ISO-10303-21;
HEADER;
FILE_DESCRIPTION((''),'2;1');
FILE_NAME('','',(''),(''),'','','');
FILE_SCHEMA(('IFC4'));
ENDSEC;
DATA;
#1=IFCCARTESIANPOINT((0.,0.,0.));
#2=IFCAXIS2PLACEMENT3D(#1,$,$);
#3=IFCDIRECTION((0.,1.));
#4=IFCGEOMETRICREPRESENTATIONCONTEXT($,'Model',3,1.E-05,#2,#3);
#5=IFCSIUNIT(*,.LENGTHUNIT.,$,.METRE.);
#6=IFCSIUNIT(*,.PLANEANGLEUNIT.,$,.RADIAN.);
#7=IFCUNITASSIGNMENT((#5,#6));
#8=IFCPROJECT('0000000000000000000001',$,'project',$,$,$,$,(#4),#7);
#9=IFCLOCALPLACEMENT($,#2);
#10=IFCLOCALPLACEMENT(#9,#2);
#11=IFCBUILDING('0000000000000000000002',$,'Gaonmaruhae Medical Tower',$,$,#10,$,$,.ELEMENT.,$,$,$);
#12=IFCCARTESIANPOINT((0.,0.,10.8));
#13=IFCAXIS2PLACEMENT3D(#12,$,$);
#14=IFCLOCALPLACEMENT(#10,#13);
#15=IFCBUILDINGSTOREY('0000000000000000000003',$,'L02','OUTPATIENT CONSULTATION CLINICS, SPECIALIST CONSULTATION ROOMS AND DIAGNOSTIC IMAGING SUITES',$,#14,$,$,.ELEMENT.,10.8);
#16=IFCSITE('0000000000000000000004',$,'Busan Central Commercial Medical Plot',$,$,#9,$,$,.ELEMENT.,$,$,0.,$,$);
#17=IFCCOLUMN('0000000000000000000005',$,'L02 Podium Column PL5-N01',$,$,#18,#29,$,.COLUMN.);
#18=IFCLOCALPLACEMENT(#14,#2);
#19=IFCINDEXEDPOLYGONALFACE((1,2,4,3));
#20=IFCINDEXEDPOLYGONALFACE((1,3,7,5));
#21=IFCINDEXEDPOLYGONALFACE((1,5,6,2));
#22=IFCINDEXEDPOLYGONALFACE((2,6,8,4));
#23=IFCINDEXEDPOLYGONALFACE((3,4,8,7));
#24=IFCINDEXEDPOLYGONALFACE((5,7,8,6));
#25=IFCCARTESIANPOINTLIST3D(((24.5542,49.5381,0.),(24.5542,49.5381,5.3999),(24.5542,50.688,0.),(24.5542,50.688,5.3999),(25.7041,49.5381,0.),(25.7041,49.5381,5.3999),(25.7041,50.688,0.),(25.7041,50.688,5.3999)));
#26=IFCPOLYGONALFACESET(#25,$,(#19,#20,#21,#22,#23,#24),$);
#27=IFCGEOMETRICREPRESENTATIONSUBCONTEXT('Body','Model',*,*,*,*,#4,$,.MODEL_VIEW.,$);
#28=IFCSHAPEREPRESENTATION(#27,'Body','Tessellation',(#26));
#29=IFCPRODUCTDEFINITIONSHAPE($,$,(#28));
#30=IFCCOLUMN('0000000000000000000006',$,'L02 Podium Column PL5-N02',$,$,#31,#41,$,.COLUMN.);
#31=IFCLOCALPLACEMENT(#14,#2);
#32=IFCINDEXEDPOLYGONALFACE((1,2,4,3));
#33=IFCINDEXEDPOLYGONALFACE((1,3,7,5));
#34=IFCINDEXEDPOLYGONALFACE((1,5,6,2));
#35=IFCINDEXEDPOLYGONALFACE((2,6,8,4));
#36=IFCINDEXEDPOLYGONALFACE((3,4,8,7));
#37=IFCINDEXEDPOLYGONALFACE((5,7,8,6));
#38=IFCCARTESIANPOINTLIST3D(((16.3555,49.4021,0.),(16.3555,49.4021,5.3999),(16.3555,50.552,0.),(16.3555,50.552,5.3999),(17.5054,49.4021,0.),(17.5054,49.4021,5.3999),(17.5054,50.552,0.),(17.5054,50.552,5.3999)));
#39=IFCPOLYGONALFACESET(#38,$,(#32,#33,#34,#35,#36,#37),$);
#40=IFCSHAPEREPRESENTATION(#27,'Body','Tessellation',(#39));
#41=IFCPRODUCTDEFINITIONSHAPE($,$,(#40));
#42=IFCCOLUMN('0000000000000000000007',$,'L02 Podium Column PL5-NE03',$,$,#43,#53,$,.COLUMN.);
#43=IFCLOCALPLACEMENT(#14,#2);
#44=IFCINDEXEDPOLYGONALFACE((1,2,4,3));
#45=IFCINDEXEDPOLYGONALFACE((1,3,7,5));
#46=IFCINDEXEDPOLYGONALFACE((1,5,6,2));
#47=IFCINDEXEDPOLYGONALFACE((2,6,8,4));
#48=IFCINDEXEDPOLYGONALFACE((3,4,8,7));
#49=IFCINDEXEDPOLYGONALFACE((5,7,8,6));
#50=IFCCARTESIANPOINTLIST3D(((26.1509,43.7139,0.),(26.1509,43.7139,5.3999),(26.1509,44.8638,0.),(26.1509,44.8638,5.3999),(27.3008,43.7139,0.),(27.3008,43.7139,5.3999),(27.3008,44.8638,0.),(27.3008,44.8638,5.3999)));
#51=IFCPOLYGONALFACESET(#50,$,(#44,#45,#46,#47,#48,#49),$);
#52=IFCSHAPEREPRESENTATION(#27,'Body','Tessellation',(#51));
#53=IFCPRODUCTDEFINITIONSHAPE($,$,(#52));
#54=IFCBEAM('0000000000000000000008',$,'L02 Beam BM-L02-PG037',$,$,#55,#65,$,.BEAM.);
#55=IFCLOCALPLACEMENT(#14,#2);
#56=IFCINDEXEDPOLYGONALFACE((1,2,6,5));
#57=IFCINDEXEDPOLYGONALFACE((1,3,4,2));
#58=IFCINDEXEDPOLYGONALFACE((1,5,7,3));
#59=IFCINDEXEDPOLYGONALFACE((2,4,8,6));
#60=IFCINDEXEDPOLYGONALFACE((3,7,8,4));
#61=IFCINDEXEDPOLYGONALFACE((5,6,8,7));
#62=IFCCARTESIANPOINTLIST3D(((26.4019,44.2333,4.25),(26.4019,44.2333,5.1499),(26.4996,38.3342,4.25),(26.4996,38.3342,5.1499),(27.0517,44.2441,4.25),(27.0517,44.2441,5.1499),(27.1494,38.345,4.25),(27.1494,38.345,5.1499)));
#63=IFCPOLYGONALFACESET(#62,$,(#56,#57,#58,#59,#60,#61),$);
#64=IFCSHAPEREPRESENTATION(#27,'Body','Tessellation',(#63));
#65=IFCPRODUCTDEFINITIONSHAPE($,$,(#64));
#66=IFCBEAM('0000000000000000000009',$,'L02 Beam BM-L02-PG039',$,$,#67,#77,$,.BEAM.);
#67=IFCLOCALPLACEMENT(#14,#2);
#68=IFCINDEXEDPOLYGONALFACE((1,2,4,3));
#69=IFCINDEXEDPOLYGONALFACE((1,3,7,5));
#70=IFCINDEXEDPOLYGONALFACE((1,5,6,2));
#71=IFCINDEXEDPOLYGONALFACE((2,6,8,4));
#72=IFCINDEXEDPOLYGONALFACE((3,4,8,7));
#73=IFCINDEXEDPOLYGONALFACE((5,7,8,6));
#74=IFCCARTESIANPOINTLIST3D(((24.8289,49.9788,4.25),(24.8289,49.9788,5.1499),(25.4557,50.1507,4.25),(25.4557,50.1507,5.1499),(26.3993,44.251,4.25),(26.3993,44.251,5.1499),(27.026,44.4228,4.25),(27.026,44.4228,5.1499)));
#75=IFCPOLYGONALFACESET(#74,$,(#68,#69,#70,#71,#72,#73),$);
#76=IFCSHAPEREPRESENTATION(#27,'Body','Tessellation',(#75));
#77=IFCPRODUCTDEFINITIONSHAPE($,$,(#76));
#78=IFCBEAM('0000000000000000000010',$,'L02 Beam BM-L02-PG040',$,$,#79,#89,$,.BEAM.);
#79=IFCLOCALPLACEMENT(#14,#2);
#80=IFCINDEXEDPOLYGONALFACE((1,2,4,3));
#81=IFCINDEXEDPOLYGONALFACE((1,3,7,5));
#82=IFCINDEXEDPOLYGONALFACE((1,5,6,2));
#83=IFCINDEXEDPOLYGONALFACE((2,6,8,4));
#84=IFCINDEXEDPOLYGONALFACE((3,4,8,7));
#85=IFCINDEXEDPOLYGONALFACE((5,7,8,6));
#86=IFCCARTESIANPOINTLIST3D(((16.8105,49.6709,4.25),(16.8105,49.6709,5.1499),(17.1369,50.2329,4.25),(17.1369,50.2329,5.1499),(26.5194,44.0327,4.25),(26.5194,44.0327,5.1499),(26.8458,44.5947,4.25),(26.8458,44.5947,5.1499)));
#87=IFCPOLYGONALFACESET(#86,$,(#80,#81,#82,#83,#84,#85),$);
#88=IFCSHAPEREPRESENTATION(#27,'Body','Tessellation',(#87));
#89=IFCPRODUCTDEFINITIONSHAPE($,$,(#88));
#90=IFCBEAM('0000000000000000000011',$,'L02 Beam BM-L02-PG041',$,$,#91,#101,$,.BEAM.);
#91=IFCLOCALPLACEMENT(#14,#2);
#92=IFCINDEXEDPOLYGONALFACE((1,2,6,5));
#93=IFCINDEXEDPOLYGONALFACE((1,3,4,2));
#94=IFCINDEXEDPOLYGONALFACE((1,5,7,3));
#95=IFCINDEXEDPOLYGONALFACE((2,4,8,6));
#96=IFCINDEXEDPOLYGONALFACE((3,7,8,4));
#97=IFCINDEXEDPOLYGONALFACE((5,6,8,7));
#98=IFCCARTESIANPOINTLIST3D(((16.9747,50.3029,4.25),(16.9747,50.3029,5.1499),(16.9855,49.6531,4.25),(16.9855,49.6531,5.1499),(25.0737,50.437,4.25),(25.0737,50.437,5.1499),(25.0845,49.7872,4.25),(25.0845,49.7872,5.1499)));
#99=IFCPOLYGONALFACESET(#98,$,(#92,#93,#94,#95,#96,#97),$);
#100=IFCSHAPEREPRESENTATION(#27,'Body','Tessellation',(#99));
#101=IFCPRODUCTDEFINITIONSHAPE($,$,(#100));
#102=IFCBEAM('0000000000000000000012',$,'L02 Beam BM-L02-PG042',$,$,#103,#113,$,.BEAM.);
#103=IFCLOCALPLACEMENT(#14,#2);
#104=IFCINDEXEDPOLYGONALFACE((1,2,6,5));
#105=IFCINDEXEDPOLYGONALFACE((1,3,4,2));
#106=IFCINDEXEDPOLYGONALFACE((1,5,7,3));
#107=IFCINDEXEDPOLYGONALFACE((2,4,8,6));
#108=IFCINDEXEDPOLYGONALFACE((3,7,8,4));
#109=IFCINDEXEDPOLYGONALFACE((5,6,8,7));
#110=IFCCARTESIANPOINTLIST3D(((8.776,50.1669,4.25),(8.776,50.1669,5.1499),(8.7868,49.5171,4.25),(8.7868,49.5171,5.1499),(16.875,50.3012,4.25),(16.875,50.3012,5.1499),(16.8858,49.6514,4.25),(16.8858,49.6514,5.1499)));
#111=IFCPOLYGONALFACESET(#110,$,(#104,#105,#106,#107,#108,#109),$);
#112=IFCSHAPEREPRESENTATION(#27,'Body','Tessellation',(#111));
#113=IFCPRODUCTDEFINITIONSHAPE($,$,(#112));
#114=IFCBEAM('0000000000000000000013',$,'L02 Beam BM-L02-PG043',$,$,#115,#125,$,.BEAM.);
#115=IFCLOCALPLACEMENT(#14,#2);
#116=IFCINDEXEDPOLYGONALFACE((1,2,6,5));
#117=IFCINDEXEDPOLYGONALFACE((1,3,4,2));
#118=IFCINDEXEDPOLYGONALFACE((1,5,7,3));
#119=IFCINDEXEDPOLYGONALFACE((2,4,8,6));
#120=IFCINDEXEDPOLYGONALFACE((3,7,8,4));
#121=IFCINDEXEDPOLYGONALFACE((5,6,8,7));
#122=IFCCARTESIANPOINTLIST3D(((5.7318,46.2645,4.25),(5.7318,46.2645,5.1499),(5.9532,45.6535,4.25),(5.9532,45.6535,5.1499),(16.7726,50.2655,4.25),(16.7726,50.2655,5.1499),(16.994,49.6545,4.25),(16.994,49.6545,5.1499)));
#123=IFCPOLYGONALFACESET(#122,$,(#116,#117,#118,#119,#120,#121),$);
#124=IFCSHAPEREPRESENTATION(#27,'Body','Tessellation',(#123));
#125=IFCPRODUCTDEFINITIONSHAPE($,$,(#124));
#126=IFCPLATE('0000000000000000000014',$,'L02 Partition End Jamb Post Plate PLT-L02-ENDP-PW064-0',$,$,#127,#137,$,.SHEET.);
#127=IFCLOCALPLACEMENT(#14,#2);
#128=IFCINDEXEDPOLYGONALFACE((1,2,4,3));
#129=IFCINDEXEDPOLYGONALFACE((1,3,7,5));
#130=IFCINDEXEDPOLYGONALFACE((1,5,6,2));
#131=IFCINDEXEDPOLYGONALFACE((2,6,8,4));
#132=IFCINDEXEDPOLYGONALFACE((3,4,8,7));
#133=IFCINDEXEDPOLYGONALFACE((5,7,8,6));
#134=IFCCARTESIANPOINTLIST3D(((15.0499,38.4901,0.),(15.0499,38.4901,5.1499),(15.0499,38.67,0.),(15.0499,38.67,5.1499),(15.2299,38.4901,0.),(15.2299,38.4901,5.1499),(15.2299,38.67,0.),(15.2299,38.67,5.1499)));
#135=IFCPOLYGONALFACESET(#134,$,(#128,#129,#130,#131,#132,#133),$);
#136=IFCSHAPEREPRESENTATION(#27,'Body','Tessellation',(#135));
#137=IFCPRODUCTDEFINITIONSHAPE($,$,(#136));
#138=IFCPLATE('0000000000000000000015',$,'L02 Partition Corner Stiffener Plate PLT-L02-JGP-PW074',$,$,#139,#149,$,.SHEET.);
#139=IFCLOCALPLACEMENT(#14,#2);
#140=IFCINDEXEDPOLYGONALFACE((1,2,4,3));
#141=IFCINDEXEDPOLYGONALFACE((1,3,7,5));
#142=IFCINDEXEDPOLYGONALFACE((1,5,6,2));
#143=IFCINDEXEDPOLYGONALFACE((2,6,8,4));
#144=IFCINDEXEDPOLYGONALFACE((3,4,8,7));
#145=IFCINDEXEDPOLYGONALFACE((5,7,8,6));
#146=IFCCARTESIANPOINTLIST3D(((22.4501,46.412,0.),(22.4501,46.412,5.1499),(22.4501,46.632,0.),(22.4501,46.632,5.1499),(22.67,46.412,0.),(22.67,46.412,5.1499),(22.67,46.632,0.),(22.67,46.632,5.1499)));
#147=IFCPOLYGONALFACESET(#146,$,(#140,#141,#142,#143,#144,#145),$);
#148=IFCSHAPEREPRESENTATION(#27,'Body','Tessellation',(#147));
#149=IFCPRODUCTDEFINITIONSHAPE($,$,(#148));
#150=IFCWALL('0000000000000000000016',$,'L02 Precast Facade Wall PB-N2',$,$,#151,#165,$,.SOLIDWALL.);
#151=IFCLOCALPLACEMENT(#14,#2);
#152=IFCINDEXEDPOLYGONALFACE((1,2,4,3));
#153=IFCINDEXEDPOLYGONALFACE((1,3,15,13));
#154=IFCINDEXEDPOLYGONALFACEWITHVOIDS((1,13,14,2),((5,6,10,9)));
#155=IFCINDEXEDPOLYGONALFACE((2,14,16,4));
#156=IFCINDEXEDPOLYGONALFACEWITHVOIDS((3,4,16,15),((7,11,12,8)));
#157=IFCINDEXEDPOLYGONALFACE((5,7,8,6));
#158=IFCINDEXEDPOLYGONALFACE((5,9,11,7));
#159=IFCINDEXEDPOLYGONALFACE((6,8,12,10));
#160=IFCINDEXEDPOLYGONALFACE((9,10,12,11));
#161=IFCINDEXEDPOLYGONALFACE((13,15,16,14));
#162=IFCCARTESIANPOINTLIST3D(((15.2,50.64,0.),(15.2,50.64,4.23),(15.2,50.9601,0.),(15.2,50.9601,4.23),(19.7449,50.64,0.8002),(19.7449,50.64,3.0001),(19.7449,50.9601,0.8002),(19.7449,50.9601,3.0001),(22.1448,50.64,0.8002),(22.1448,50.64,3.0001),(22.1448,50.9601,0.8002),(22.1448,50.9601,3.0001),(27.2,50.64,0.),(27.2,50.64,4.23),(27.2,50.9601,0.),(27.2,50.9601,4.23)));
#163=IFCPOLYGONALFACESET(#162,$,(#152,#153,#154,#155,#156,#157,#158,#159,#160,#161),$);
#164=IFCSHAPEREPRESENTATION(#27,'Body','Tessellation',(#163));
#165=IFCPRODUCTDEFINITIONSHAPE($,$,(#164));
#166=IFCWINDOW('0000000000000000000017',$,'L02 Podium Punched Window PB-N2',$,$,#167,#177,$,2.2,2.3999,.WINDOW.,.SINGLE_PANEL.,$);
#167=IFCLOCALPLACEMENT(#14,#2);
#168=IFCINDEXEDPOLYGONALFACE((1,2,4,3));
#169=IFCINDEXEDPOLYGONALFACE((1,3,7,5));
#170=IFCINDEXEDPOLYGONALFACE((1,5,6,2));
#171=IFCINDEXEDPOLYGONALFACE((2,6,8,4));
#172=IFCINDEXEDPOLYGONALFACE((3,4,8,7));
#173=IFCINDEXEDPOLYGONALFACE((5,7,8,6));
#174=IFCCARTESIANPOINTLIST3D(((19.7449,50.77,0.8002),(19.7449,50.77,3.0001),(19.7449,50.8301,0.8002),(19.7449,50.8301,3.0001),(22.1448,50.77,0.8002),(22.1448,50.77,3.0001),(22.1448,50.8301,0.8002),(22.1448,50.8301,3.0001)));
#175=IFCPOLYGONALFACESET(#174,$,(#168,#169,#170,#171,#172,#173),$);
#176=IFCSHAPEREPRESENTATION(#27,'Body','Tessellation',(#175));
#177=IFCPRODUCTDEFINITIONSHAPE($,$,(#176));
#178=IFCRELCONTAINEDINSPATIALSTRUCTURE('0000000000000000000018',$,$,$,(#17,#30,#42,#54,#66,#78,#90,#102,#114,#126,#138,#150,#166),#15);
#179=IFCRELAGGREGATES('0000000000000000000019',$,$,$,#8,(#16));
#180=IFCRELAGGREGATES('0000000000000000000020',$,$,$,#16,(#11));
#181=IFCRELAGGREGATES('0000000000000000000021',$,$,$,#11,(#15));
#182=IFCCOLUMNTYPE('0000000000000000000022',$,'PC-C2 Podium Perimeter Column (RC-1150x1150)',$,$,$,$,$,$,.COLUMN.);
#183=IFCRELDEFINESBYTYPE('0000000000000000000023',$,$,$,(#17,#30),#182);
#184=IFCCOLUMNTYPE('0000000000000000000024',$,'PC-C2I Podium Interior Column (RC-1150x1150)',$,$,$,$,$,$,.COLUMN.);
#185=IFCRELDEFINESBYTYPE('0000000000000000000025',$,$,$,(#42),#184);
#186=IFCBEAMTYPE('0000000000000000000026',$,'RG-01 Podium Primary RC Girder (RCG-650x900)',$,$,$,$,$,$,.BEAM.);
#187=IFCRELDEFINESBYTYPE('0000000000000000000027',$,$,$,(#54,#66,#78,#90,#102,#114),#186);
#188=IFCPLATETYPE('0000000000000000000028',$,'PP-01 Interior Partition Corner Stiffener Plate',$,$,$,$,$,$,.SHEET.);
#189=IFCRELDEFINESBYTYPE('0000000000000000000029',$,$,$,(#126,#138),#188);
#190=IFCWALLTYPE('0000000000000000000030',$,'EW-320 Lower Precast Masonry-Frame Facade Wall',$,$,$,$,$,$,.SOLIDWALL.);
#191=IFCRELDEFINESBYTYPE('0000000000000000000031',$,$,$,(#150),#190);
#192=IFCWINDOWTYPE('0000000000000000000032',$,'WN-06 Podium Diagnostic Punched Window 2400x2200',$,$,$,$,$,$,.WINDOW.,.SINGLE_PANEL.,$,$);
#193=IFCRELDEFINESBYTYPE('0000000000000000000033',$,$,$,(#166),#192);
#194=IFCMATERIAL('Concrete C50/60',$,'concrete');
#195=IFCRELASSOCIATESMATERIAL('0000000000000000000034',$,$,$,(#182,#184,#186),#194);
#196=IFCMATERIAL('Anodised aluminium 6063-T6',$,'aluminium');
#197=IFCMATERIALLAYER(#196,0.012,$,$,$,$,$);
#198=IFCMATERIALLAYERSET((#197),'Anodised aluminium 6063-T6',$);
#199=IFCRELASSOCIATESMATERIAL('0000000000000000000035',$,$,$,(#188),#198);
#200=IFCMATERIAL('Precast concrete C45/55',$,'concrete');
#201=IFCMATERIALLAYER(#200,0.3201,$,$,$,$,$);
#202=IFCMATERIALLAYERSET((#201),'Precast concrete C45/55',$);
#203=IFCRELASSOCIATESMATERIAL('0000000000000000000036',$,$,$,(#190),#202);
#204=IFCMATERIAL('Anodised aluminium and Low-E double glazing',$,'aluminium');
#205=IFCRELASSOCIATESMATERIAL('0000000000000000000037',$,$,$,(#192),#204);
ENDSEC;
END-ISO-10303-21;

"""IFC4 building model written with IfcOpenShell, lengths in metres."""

from ifc_helpers import new_model, si_unit, direction, frame, frame_2d, origin, origin_2d, place, context, subcontext, project, spatial, rectangle, extrude, material, layer, layer_set, material_profile, profile_set, type_object, element, fill, save


model = new_model("IFC4")

# Units and contexts
model_context = context("Model", 3, precision=1e-05, world=origin(), true_north=direction((0.0, 1.0)))
body_context = subcontext(model_context, "Body", "Model", "MODEL_VIEW")
ifc_project = project(units=[si_unit("LENGTHUNIT", "METRE"), si_unit("PLANEANGLEUNIT", "RADIAN")], contexts=[model_context])

# Site, building, storey
site_placement = place(None, origin())
site = spatial("IfcSite", under=ifc_project, at=site_placement, Name="Busan Central Commercial Medical Plot", CompositionType="ELEMENT", RefElevation=0.0)
building_placement = place(site_placement, origin())
building = spatial("IfcBuilding", under=site, at=building_placement, Name="Gaonmaruhae Medical Tower", CompositionType="ELEMENT")
storey_placement = place(building_placement, frame((0.0, 0.0, 10.8)))
storey = spatial("IfcBuildingStorey", under=building, at=storey_placement, Name="L02", Description="OUTPATIENT CONSULTATION CLINICS, SPECIALIST CONSULTATION ROOMS AND DIAGNOSTIC IMAGING SUITES", CompositionType="ELEMENT", Elevation=10.8)

# Columns
ifc_material_1 = material(Name="Concrete C50/60", Category="concrete")
ifc_material_profile_1 = material_profile(ifc_material_1, rectangle(XDim=1.1499, YDim=1.1499, at=origin_2d()), Name="RC-1150x1150")
ifc_profile_set_1 = profile_set([ifc_material_profile_1], Name="Concrete C50/60")
column_type_1 = type_object("IfcColumnType", Name="PC-C2 Podium Perimeter Column (RC-1150x1150)", PredefinedType="COLUMN", material=ifc_profile_set_1)
for number, where, z_axis, x_axis, name in (
    (1, (25.1292, 50.113, 0.0), (0.0, 0.0, 1.0), (1.0, 0.0, 0.0), "L02 Podium Column PL5-N01"),
    (2, (16.9304, 49.9771, 0.0), (0.0, 0.0, 1.0), (1.0, 0.0, 0.0), "L02 Podium Column PL5-N02"),
):
    element("IfcColumn", number, at=place(storey_placement, frame(where, z_axis=z_axis, x_axis=x_axis)), inside=storey, type_object=column_type_1, Name=name, PredefinedType="COLUMN", context=body_context, shape_type="SweptSolid", body=[
        extrude(rectangle(XDim=1.1499, YDim=1.1499, at=origin_2d()), origin(), (0.0, 0.0, 1.0), 5.3999),
    ])
ifc_material_profile_2 = material_profile(ifc_material_1, rectangle(XDim=1.1499, YDim=1.1499, at=origin_2d()), Name="RC-1150x1150")
ifc_profile_set_2 = profile_set([ifc_material_profile_2], Name="Concrete C50/60")
column_type_2 = type_object("IfcColumnType", Name="PC-C2I Podium Interior Column (RC-1150x1150)", PredefinedType="COLUMN", material=ifc_profile_set_2)
column_placement = place(storey_placement, frame((26.7258, 44.2888, 0.0), z_axis=(0.0, 0.0, 1.0), x_axis=(1.0, 0.0, 0.0)))
element("IfcColumn", 3, at=column_placement, inside=storey, type_object=column_type_2, Name="L02 Podium Column PL5-NE03", PredefinedType="COLUMN", context=body_context, shape_type="SweptSolid", body=[
    extrude(rectangle(XDim=1.1499, YDim=1.1499, at=origin_2d()), origin(), (0.0, 0.0, 1.0), 5.3999),
])

# Beams
ifc_material_profile_3 = material_profile(ifc_material_1, rectangle(XDim=0.6499, YDim=0.8999, at=origin_2d()), Name="RCG-650x900")
ifc_profile_set_3 = profile_set([ifc_material_profile_3], Name="Concrete C50/60")
beam_type = type_object("IfcBeamType", Name="RG-01 Podium Primary RC Girder (RCG-650x900)", PredefinedType="BEAM", material=ifc_profile_set_3)
beam_1_placement = place(storey_placement, frame((26.8245, 38.3396, 4.7), z_axis=(-0.016552, 0.999863, 0.0), x_axis=(-0.999863, -0.016552, 0.0)))
element("IfcBeam", 4, at=beam_1_placement, inside=storey, type_object=beam_type, Name="L02 Beam BM-L02-PG037", PredefinedType="BEAM", context=body_context, shape_type="SweptSolid", body=[
    extrude(rectangle(XDim=0.6499, YDim=0.8999, at=origin_2d()), origin(), (0.0, 0.0, 1.0), 5.8999),
])
beam_2_placement = place(storey_placement, frame((26.7126, 44.3369, 4.7), z_axis=(-0.264401, 0.964413, 0.0), x_axis=(-0.964413, -0.264401, 0.0)))
element("IfcBeam", 5, at=beam_2_placement, inside=storey, type_object=beam_type, Name="L02 Beam BM-L02-PG039", PredefinedType="BEAM", context=body_context, shape_type="SweptSolid", body=[
    extrude(rectangle(XDim=0.6499, YDim=0.8999, at=origin_2d()), origin(), (0.0, 0.0, 1.0), 5.9392),
])
beam_3_placement = place(storey_placement, frame((26.6826, 44.3137, 4.7), z_axis=(-0.864762, 0.502183, 0.0), x_axis=(-0.502183, -0.864762, 0.0)))
element("IfcBeam", 6, at=beam_3_placement, inside=storey, type_object=beam_type, Name="L02 Beam BM-L02-PG040", PredefinedType="BEAM", context=body_context, shape_type="SweptSolid", body=[
    extrude(rectangle(XDim=0.6499, YDim=0.8999, at=origin_2d()), origin(), (0.0, 0.0, 1.0), 11.2273),
])
for number, where, z_axis, x_axis, name in (
    (7, (25.0791, 50.1121, 4.7), (-0.999863, -0.016547, 0.0), (0.016547, -0.999863, 0.0), "L02 Beam BM-L02-PG041"),
    (8, (16.8804, 49.9763, 4.7), (-0.999863, -0.016577, 0.0), (0.016577, -0.999863, 0.0), "L02 Beam BM-L02-PG042"),
):
    element("IfcBeam", number, at=place(storey_placement, frame(where, z_axis=z_axis, x_axis=x_axis)), inside=storey, type_object=beam_type, Name=name, PredefinedType="BEAM", context=body_context, shape_type="SweptSolid", body=[
        extrude(rectangle(XDim=0.6499, YDim=0.8999, at=origin_2d()), origin(), (0.0, 0.0, 1.0), 8.1001),
    ])
beam_4_placement = place(storey_placement, frame((16.8833, 49.96, 4.7), z_axis=(-0.940172, -0.340701, 0.0), x_axis=(0.340701, -0.940172, 0.0)))
element("IfcBeam", 9, at=beam_4_placement, inside=storey, type_object=beam_type, Name="L02 Beam BM-L02-PG043", PredefinedType="BEAM", context=body_context, shape_type="SweptSolid", body=[
    extrude(rectangle(XDim=0.6499, YDim=0.8999, at=origin_2d()), origin(), (0.0, 0.0, 1.0), 11.7434),
])

# Plates
ifc_material_2 = material(Name="Anodised aluminium 6063-T6", Category="aluminium")
ifc_layer_1 = layer(ifc_material_2, 0.012)
ifc_layer_set_1 = layer_set([ifc_layer_1], Name="Anodised aluminium 6063-T6")
plate_type = type_object("IfcPlateType", Name="PP-01 Interior Partition Corner Stiffener Plate", PredefinedType="SHEET", material=ifc_layer_set_1)
plate_1_placement = place(storey_placement, frame((15.1399, 38.5801, 0.0), z_axis=(0.0, 0.0, 1.0), x_axis=(0.0, -1.0, 0.0)))
element("IfcPlate", 10, at=plate_1_placement, inside=storey, type_object=plate_type, Name="L02 Partition End Jamb Post Plate PLT-L02-ENDP-PW064-0", PredefinedType="SHEET", context=body_context, shape_type="SweptSolid", body=[
    extrude(rectangle(XDim=0.1799, YDim=0.1799, at=origin_2d()), origin(), (0.0, 0.0, 1.0), 5.1499),
])
plate_2_placement = place(storey_placement, frame((22.5601, 46.522, 0.0), z_axis=(0.0, 0.0, 1.0), x_axis=(0.0, 1.0, 0.0)))
element("IfcPlate", 11, at=plate_2_placement, inside=storey, type_object=plate_type, Name="L02 Partition Corner Stiffener Plate PLT-L02-JGP-PW074", PredefinedType="SHEET", context=body_context, shape_type="SweptSolid", body=[
    extrude(rectangle(XDim=0.22, YDim=0.22, at=origin_2d()), origin(), (0.0, 0.0, 1.0), 5.1499),
])

# Wall, opening, window
ifc_material_3 = material(Name="Precast concrete C45/55", Category="concrete")
ifc_layer_2 = layer(ifc_material_3, 0.3201)
ifc_layer_set_2 = layer_set([ifc_layer_2], Name="Precast concrete C45/55")
wall_type_1 = type_object("IfcWallType", Name="EW-320 Lower Precast Masonry-Frame Facade Wall", PredefinedType="SOLIDWALL", material=ifc_layer_set_2)
wall_1_placement = place(storey_placement, frame((15.2, 50.8, 0.0), z_axis=(0.0, 0.0, 1.0), x_axis=(1.0, 0.0, 0.0)))
wall_1 = element("IfcWall", 12, at=wall_1_placement, inside=storey, type_object=wall_type_1, Name="L02 Precast Facade Wall PB-N2", PredefinedType="SOLIDWALL", context=body_context, shape_type="SweptSolid", body=[
    extrude(rectangle(XDim=12.0, YDim=0.3201, at=frame_2d((6.0, 0.0))), origin(), (0.0, 0.0, 1.0), 4.23),
])
opening_1_placement = place(wall_1_placement, frame((4.5449, 0.0, 0.8)))
opening_1 = element("IfcOpeningElement", 13, at=opening_1_placement, cuts=wall_1, PredefinedType="OPENING", context=body_context, shape_type="SweptSolid", body=[
    extrude(rectangle(XDim=2.3999, YDim=2.2, at=frame_2d((1.2, 1.1001))), frame((0.0, 0.1699, 0.0), z_axis=(0.0, -1.0, 0.0), x_axis=(1.0, 0.0, 0.0)), (0.0, 0.0, 1.0), 0.3401),
])
ifc_material_4 = material(Name="Anodised aluminium and Low-E double glazing", Category="aluminium")
window_type = type_object("IfcWindowType", Name="WN-06 Podium Diagnostic Punched Window 2400x2200", PartitioningType="SINGLE_PANEL", PredefinedType="WINDOW", material=ifc_material_4)
window_placement = place(opening_1_placement, origin())
window = element("IfcWindow", 14, at=window_placement, inside=storey, type_object=window_type, Name="L02 Podium Punched Window PB-N2", OverallHeight=2.2, OverallWidth=2.3999, PartitioningType="SINGLE_PANEL", PredefinedType="WINDOW", context=body_context, shape_type="SweptSolid", body=[
    extrude(rectangle(XDim=2.3999, YDim=2.2, at=frame_2d((1.2, 1.1001))), frame((0.0, 0.03, 0.0), z_axis=(0.0, -1.0, 0.0), x_axis=(1.0, 0.0, 0.0)), (0.0, 0.0, 1.0), 0.0601),
])
fill(opening_1, window)

save(model, "model.ifc")
